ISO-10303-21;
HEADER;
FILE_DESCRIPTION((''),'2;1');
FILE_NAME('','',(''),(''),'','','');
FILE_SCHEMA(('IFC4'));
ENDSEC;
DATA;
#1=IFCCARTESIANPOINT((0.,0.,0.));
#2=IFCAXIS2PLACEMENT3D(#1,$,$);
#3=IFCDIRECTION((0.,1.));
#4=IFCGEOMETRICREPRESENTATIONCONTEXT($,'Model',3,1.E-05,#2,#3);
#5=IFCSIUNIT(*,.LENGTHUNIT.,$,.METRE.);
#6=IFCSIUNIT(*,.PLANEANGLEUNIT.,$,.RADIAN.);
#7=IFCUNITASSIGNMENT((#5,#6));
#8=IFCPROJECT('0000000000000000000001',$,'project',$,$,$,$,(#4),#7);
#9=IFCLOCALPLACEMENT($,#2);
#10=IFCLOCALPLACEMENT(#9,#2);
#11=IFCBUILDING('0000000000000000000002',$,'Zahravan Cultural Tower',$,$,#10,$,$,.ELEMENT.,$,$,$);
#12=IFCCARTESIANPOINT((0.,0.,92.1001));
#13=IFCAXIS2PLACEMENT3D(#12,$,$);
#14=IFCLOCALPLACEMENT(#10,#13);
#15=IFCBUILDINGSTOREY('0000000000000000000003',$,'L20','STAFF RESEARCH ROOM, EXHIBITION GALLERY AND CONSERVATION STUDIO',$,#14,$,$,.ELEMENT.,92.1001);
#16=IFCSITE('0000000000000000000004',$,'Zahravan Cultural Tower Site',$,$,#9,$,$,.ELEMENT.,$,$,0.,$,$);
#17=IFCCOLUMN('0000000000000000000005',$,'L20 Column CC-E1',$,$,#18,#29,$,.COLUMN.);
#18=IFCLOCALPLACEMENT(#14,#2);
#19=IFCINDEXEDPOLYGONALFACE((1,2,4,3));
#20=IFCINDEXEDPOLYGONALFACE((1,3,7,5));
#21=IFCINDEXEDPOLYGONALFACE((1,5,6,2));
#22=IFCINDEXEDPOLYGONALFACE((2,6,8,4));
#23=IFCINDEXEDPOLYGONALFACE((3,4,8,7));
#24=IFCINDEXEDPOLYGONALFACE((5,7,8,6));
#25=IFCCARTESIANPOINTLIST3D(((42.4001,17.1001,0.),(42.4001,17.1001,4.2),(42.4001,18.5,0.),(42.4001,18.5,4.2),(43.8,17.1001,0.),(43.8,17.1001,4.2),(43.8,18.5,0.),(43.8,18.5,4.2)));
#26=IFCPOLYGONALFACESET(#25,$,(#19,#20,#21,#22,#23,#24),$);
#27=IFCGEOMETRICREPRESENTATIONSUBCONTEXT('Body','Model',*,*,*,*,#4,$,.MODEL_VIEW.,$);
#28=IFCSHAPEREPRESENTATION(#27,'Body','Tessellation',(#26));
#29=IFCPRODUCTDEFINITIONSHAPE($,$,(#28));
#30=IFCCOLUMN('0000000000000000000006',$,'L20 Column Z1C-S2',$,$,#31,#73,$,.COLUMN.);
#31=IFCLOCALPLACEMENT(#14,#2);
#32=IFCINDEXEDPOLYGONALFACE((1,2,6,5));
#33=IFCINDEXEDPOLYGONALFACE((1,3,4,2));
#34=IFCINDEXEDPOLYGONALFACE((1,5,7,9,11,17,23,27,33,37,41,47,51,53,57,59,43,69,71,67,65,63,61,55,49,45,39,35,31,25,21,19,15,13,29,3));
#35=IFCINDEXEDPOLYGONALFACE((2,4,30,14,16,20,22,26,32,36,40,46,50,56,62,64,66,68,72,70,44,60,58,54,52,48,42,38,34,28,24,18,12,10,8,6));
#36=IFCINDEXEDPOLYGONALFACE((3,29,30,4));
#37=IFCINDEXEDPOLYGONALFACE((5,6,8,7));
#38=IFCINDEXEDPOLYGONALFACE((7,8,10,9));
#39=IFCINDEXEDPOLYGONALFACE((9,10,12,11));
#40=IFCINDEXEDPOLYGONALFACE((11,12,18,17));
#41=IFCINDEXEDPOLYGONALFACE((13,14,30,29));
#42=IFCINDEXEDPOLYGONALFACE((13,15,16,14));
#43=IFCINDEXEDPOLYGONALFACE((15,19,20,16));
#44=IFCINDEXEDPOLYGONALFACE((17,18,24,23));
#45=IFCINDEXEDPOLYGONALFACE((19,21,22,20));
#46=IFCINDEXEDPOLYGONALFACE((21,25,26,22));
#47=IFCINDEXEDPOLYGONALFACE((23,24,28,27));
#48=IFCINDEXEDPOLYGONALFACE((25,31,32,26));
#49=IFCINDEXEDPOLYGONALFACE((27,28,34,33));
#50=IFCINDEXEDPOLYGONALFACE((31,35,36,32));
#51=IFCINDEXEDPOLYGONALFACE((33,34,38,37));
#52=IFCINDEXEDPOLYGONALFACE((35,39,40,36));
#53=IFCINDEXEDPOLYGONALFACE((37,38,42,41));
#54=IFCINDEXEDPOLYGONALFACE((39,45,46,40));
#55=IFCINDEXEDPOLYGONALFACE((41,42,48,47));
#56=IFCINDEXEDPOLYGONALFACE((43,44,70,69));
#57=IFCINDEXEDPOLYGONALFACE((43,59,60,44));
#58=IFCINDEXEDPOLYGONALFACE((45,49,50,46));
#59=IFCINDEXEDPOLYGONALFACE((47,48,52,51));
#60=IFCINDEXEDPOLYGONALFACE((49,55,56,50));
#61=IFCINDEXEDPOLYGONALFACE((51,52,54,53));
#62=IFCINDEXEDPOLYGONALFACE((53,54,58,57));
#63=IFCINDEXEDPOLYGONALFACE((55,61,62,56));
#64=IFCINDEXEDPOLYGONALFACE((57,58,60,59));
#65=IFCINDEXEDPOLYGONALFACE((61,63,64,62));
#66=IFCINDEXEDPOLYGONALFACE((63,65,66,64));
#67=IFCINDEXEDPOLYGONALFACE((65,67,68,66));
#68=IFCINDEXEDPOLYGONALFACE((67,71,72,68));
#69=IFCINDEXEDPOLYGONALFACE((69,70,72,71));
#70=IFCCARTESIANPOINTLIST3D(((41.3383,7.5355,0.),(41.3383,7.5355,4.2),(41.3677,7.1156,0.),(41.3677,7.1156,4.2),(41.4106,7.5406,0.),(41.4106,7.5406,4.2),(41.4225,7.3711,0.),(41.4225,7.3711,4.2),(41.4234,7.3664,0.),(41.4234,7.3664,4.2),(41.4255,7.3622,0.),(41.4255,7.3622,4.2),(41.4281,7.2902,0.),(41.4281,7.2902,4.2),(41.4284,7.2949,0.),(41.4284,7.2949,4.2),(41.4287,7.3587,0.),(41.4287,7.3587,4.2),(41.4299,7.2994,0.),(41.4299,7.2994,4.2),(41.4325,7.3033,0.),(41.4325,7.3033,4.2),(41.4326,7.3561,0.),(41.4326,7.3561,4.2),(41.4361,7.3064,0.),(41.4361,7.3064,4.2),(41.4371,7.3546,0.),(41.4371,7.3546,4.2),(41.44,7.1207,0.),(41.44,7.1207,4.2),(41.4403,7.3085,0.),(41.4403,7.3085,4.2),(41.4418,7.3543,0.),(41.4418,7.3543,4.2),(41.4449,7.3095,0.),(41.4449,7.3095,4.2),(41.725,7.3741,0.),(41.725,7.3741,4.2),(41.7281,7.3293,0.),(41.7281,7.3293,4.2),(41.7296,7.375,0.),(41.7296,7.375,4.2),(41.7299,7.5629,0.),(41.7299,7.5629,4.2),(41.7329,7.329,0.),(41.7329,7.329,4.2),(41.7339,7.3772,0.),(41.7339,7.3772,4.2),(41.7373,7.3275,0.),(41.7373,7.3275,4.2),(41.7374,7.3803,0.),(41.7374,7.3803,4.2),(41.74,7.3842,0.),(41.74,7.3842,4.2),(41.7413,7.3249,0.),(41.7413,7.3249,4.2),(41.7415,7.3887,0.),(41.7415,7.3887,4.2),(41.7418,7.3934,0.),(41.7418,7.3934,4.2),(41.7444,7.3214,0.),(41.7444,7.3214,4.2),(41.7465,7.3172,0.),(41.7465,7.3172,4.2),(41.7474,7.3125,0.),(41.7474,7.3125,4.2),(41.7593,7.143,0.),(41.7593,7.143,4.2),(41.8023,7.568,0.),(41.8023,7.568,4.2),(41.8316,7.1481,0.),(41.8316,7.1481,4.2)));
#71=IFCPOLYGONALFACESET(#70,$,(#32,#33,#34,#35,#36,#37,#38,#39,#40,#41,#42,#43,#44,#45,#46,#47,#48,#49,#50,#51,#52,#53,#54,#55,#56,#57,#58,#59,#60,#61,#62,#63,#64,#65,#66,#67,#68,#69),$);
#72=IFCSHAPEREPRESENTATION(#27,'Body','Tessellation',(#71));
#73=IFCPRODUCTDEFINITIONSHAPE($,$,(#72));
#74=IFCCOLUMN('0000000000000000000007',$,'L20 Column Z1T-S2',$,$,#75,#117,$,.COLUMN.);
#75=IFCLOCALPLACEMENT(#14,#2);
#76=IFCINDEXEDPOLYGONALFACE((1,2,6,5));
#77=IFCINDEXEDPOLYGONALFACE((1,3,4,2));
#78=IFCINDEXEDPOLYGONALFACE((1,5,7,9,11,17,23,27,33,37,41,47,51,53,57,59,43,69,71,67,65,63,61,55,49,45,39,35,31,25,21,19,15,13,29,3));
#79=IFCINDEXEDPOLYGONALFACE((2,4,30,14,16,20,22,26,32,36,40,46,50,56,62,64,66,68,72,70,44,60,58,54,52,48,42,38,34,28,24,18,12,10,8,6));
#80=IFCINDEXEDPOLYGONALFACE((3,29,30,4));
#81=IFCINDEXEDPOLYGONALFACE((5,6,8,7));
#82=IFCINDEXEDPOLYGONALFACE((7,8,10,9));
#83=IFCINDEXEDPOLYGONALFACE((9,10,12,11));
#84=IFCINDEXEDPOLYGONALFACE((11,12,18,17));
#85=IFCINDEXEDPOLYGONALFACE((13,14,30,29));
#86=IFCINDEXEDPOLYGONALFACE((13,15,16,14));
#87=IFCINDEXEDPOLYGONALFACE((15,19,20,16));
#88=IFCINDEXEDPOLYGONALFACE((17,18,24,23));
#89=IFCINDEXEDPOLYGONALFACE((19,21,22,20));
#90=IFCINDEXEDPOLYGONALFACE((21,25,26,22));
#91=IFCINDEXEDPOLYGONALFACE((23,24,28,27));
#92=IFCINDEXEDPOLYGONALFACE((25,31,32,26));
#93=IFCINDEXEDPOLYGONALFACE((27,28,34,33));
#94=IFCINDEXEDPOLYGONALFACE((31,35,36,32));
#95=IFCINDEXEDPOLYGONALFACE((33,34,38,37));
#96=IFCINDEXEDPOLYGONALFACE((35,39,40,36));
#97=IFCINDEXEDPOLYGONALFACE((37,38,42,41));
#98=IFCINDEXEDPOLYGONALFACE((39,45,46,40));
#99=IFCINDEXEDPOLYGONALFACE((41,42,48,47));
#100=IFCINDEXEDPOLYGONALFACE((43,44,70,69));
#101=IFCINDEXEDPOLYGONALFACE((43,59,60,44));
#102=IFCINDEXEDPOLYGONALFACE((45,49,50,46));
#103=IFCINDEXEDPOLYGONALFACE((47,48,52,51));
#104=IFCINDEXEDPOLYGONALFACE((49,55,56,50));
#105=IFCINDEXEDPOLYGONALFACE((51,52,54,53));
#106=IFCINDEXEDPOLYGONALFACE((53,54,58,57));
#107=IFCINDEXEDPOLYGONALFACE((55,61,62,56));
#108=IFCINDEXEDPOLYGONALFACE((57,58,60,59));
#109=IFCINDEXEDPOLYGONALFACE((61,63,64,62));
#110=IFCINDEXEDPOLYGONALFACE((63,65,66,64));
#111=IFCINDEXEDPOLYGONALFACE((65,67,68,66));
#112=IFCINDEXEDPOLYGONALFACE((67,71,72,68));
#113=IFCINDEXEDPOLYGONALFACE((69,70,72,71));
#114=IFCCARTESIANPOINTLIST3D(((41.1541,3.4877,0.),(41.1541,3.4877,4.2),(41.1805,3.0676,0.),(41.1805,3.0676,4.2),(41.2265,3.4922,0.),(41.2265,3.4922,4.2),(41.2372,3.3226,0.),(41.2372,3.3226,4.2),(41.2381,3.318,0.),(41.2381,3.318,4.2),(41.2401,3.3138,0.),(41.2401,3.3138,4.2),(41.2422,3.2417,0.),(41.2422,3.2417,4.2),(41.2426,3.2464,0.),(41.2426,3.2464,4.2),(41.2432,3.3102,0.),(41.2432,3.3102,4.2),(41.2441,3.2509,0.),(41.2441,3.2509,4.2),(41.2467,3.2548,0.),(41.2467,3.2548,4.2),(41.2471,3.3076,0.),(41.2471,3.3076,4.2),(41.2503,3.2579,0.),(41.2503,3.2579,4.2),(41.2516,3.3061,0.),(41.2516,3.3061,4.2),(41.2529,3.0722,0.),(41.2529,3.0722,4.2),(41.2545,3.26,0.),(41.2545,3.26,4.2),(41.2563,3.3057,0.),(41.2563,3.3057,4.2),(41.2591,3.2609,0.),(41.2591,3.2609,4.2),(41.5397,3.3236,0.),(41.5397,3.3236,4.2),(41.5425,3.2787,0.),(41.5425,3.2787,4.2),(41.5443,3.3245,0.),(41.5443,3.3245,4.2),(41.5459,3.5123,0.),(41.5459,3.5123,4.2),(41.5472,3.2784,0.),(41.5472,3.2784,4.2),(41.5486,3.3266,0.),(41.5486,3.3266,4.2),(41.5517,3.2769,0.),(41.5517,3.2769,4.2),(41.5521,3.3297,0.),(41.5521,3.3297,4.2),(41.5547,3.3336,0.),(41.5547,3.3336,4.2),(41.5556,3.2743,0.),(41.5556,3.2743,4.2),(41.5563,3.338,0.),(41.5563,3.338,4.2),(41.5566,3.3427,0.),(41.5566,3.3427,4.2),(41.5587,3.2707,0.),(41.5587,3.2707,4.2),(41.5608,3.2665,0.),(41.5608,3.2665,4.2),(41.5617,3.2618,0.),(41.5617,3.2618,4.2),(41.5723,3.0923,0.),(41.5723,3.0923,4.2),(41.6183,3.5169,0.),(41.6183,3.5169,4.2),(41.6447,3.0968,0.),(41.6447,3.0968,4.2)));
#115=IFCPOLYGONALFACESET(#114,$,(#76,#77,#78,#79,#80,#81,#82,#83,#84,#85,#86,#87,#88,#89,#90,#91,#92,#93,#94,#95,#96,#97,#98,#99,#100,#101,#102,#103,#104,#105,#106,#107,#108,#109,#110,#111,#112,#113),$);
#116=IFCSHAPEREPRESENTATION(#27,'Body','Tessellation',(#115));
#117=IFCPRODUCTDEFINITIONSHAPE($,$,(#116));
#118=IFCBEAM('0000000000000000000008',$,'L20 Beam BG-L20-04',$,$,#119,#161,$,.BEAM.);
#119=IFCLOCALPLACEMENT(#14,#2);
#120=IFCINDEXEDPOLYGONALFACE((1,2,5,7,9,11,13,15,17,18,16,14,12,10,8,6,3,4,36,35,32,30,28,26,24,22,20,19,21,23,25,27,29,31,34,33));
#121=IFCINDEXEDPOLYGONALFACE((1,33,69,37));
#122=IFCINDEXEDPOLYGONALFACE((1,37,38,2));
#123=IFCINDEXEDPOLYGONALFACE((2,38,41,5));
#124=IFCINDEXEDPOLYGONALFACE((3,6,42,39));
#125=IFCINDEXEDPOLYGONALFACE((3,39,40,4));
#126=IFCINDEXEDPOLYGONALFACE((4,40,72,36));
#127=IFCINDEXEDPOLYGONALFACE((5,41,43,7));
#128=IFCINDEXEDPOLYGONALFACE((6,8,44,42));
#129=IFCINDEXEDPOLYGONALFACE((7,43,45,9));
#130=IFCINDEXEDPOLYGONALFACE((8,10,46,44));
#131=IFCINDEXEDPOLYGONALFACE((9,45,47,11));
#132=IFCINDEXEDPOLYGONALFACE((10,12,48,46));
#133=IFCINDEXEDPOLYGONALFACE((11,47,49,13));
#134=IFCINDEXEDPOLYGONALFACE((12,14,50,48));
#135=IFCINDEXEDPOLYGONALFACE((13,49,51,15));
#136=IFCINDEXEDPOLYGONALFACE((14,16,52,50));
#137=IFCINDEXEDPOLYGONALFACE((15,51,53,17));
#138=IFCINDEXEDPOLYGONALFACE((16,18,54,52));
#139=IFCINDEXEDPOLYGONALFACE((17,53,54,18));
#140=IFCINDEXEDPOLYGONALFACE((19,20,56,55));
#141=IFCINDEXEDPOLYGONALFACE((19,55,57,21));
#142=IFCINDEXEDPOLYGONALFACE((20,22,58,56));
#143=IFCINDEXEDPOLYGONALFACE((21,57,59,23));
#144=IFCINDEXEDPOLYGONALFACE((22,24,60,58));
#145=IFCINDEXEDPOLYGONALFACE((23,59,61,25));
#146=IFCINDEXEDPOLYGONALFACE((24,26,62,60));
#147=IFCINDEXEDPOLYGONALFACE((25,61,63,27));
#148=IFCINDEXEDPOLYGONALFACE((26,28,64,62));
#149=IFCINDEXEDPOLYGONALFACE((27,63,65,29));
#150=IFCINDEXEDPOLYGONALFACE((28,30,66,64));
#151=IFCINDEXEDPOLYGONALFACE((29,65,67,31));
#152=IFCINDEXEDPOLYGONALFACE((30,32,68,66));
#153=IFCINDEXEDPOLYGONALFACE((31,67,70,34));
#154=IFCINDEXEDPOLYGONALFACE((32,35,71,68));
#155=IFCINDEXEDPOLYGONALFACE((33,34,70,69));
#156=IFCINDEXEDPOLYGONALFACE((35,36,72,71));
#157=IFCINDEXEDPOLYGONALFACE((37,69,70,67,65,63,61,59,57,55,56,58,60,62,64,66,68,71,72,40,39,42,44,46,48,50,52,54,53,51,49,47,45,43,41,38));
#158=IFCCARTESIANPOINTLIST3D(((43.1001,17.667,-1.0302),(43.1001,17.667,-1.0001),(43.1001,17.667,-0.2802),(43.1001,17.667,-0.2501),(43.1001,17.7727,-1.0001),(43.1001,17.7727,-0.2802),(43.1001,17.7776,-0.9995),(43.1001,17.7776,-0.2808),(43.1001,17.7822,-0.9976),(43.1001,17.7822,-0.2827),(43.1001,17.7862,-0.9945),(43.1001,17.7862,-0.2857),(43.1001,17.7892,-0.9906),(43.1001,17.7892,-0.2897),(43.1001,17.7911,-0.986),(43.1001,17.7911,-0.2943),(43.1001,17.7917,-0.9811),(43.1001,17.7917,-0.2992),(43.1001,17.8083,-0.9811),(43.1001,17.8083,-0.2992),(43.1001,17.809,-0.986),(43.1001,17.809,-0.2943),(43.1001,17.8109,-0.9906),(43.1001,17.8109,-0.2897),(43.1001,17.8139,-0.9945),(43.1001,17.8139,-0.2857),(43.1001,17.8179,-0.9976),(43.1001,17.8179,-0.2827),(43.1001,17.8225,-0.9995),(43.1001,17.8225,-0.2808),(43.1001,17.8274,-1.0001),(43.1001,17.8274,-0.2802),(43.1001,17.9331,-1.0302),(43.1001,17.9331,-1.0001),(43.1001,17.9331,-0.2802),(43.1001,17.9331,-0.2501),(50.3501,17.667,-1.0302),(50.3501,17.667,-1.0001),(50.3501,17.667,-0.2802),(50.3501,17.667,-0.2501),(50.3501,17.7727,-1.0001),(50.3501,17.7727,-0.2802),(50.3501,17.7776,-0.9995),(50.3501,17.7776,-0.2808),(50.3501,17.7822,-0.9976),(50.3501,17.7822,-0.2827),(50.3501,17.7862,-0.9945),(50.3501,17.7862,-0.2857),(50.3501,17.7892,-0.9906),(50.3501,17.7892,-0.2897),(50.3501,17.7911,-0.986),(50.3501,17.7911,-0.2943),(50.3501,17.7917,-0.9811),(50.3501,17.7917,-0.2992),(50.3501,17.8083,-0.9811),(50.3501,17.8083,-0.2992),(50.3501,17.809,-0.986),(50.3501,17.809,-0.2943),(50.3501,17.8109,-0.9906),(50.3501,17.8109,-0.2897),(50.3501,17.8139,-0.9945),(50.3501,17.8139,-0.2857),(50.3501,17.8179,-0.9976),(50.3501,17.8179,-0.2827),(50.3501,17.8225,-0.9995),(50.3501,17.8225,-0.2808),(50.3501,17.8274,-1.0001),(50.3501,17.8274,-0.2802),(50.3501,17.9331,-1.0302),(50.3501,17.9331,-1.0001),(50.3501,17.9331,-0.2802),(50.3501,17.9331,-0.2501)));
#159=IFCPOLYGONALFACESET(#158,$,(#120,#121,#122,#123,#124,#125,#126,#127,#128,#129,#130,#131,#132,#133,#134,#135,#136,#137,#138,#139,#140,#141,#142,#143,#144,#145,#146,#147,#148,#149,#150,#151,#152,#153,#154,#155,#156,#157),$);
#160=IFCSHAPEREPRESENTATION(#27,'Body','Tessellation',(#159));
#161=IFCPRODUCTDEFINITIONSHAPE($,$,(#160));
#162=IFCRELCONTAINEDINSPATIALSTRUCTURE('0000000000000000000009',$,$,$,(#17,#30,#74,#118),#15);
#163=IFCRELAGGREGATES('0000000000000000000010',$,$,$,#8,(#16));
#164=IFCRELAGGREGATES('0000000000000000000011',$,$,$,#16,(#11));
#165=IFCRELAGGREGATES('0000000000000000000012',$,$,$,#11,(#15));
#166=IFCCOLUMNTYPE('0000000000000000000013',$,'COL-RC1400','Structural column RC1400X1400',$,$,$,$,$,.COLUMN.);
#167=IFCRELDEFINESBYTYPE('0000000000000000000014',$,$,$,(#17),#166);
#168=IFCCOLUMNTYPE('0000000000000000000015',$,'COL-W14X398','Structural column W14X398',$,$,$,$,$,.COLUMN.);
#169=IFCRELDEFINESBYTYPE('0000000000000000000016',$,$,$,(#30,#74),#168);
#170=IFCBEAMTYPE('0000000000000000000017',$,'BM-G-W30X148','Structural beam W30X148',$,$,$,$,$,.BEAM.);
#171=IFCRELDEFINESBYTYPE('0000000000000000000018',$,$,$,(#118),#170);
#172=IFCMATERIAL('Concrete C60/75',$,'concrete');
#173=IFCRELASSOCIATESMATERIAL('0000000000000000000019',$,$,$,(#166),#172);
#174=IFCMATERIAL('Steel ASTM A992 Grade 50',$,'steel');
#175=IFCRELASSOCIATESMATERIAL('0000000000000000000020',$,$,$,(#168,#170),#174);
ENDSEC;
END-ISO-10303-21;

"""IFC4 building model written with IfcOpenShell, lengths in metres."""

from ifc_helpers import new_model, si_unit, direction, frame, origin, origin_2d, place, context, subcontext, project, spatial, rectangle, i_section, extrude, source, transform, mapped, material, material_profile, profile_set, type_object, element, save


model = new_model("IFC4")

# Units and contexts
model_context = context("Model", 3, precision=1e-05, world=origin(), true_north=direction((0.0, 1.0)))
body_context = subcontext(model_context, "Body", "Model", "MODEL_VIEW")
ifc_project = project(units=[si_unit("LENGTHUNIT", "METRE"), si_unit("PLANEANGLEUNIT", "RADIAN")], contexts=[model_context])

# Site, building, storey
site_placement = place(None, origin())
site = spatial("IfcSite", under=ifc_project, at=site_placement, Name="Zahravan Cultural Tower Site", CompositionType="ELEMENT", RefElevation=0.0)
building_placement = place(site_placement, origin())
building = spatial("IfcBuilding", under=site, at=building_placement, Name="Zahravan Cultural Tower", CompositionType="ELEMENT")
storey_placement = place(building_placement, frame((0.0, 0.0, 92.1001)))
storey = spatial("IfcBuildingStorey", under=building, at=storey_placement, Name="L20", Description="STAFF RESEARCH ROOM, EXHIBITION GALLERY AND CONSERVATION STUDIO", CompositionType="ELEMENT", Elevation=92.1001)

# Columns
ifc_material_1 = material(Name="Concrete C60/75", Category="concrete")
ifc_material_profile_1 = material_profile(ifc_material_1, rectangle(XDim=1.3999, YDim=1.3999, at=origin_2d()), Name="RC1400X1400")
ifc_profile_set_1 = profile_set([ifc_material_profile_1], Name="Concrete C60/75")
column_type_1 = type_object("IfcColumnType", Name="COL-RC1400", Description="Structural column RC1400X1400", PredefinedType="COLUMN", material=ifc_profile_set_1)
shared_shape_1 = source(origin(), body_context, "Body", "SweptSolid", [
    extrude(rectangle(XDim=1.3999, YDim=1.3999, at=origin_2d()), origin(), (0.0, 0.0, 1.0), 4.2),
])
column_placement = place(storey_placement, frame((43.1001, 17.8, 0.0), z_axis=(0.0, 0.0, 1.0), x_axis=(1.0, 0.0, 0.0)))
element("IfcColumn", 1, at=column_placement, inside=storey, type_object=column_type_1, Name="L20 Column CC-E1", PredefinedType="COLUMN", context=body_context, shape_type="MappedRepresentation", body=[
    mapped(shared_shape_1, transform((0.0, 0.0, 0.0), x_axis=(1.0, 0.0, 0.0), y_axis=(0.0, 1.0, 0.0), z_axis=(0.0, 0.0, 1.0), scale=1.0)),
])
ifc_material_2 = material(Name="Steel ASTM A992 Grade 50", Category="steel")
ifc_material_profile_2 = material_profile(ifc_material_2, i_section(OverallWidth=0.4209, OverallDepth=0.4651, WebThickness=0.0449, FlangeThickness=0.0725, FilletRadius=0.0181, at=origin_2d()), Name="W14X398")
ifc_profile_set_2 = profile_set([ifc_material_profile_2], Name="Steel ASTM A992 Grade 50")
column_type_2 = type_object("IfcColumnType", Name="COL-W14X398", Description="Structural column W14X398", PredefinedType="COLUMN", material=ifc_profile_set_2)
shared_shape_2 = source(origin(), body_context, "Body", "SweptSolid", [
    extrude(i_section(OverallWidth=0.4209, OverallDepth=0.4651, WebThickness=0.0449, FlangeThickness=0.0725, FilletRadius=0.0181, at=origin_2d()), origin(), (0.0, 0.0, 1.0), 4.2),
])
for number, where, z_axis, x_axis, name in (
    (2, (41.585, 7.3418, 0.0), (0.0, 0.0, 1.0), (-0.069756, 0.997564, 0.0), "L20 Column Z1C-S2"),
    (3, (41.3994, 3.2922, 0.0), (0.0, 0.0, 1.0), (-0.062791, 0.998027, 0.0), "L20 Column Z1T-S2"),
):
    element("IfcColumn", number, at=place(storey_placement, frame(where, z_axis=z_axis, x_axis=x_axis)), inside=storey, type_object=column_type_2, Name=name, PredefinedType="COLUMN", context=body_context, shape_type="MappedRepresentation", body=[
        mapped(shared_shape_2, transform((0.0, 0.0, 0.0), x_axis=(1.0, 0.0, 0.0), y_axis=(0.0, 1.0, 0.0), z_axis=(0.0, 0.0, 1.0), scale=1.0)),
    ])

# Beam
ifc_material_profile_3 = material_profile(ifc_material_2, i_section(OverallWidth=0.2661, OverallDepth=0.78, WebThickness=0.0166, FlangeThickness=0.03, FilletRadius=0.019, at=origin_2d()), Name="W30X148")
ifc_profile_set_3 = profile_set([ifc_material_profile_3], Name="Steel ASTM A992 Grade 50")
beam_type_1 = type_object("IfcBeamType", Name="BM-G-W30X148", Description="Structural beam W30X148", PredefinedType="BEAM", material=ifc_profile_set_3)
shared_shape_3 = source(origin(), body_context, "Body", "SweptSolid", [
    extrude(i_section(OverallWidth=0.2661, OverallDepth=0.78, WebThickness=0.0166, FlangeThickness=0.03, FilletRadius=0.019, at=origin_2d()), origin(), (0.0, 0.0, 1.0), 7.25),
])
beam_1_placement = place(storey_placement, frame((43.1001, 17.8, -0.6401), z_axis=(1.0, 0.0, 0.0), x_axis=(0.0, 1.0, 0.0)))
element("IfcBeam", 4, at=beam_1_placement, inside=storey, type_object=beam_type_1, Name="L20 Beam BG-L20-04", PredefinedType="BEAM", context=body_context, shape_type="MappedRepresentation", body=[
    mapped(shared_shape_3, transform((0.0, 0.0, 0.0), x_axis=(1.0, 0.0, 0.0), y_axis=(0.0, 1.0, 0.0), z_axis=(0.0, 0.0, 1.0), scale=1.0)),
])

save(model, "model.ifc")
